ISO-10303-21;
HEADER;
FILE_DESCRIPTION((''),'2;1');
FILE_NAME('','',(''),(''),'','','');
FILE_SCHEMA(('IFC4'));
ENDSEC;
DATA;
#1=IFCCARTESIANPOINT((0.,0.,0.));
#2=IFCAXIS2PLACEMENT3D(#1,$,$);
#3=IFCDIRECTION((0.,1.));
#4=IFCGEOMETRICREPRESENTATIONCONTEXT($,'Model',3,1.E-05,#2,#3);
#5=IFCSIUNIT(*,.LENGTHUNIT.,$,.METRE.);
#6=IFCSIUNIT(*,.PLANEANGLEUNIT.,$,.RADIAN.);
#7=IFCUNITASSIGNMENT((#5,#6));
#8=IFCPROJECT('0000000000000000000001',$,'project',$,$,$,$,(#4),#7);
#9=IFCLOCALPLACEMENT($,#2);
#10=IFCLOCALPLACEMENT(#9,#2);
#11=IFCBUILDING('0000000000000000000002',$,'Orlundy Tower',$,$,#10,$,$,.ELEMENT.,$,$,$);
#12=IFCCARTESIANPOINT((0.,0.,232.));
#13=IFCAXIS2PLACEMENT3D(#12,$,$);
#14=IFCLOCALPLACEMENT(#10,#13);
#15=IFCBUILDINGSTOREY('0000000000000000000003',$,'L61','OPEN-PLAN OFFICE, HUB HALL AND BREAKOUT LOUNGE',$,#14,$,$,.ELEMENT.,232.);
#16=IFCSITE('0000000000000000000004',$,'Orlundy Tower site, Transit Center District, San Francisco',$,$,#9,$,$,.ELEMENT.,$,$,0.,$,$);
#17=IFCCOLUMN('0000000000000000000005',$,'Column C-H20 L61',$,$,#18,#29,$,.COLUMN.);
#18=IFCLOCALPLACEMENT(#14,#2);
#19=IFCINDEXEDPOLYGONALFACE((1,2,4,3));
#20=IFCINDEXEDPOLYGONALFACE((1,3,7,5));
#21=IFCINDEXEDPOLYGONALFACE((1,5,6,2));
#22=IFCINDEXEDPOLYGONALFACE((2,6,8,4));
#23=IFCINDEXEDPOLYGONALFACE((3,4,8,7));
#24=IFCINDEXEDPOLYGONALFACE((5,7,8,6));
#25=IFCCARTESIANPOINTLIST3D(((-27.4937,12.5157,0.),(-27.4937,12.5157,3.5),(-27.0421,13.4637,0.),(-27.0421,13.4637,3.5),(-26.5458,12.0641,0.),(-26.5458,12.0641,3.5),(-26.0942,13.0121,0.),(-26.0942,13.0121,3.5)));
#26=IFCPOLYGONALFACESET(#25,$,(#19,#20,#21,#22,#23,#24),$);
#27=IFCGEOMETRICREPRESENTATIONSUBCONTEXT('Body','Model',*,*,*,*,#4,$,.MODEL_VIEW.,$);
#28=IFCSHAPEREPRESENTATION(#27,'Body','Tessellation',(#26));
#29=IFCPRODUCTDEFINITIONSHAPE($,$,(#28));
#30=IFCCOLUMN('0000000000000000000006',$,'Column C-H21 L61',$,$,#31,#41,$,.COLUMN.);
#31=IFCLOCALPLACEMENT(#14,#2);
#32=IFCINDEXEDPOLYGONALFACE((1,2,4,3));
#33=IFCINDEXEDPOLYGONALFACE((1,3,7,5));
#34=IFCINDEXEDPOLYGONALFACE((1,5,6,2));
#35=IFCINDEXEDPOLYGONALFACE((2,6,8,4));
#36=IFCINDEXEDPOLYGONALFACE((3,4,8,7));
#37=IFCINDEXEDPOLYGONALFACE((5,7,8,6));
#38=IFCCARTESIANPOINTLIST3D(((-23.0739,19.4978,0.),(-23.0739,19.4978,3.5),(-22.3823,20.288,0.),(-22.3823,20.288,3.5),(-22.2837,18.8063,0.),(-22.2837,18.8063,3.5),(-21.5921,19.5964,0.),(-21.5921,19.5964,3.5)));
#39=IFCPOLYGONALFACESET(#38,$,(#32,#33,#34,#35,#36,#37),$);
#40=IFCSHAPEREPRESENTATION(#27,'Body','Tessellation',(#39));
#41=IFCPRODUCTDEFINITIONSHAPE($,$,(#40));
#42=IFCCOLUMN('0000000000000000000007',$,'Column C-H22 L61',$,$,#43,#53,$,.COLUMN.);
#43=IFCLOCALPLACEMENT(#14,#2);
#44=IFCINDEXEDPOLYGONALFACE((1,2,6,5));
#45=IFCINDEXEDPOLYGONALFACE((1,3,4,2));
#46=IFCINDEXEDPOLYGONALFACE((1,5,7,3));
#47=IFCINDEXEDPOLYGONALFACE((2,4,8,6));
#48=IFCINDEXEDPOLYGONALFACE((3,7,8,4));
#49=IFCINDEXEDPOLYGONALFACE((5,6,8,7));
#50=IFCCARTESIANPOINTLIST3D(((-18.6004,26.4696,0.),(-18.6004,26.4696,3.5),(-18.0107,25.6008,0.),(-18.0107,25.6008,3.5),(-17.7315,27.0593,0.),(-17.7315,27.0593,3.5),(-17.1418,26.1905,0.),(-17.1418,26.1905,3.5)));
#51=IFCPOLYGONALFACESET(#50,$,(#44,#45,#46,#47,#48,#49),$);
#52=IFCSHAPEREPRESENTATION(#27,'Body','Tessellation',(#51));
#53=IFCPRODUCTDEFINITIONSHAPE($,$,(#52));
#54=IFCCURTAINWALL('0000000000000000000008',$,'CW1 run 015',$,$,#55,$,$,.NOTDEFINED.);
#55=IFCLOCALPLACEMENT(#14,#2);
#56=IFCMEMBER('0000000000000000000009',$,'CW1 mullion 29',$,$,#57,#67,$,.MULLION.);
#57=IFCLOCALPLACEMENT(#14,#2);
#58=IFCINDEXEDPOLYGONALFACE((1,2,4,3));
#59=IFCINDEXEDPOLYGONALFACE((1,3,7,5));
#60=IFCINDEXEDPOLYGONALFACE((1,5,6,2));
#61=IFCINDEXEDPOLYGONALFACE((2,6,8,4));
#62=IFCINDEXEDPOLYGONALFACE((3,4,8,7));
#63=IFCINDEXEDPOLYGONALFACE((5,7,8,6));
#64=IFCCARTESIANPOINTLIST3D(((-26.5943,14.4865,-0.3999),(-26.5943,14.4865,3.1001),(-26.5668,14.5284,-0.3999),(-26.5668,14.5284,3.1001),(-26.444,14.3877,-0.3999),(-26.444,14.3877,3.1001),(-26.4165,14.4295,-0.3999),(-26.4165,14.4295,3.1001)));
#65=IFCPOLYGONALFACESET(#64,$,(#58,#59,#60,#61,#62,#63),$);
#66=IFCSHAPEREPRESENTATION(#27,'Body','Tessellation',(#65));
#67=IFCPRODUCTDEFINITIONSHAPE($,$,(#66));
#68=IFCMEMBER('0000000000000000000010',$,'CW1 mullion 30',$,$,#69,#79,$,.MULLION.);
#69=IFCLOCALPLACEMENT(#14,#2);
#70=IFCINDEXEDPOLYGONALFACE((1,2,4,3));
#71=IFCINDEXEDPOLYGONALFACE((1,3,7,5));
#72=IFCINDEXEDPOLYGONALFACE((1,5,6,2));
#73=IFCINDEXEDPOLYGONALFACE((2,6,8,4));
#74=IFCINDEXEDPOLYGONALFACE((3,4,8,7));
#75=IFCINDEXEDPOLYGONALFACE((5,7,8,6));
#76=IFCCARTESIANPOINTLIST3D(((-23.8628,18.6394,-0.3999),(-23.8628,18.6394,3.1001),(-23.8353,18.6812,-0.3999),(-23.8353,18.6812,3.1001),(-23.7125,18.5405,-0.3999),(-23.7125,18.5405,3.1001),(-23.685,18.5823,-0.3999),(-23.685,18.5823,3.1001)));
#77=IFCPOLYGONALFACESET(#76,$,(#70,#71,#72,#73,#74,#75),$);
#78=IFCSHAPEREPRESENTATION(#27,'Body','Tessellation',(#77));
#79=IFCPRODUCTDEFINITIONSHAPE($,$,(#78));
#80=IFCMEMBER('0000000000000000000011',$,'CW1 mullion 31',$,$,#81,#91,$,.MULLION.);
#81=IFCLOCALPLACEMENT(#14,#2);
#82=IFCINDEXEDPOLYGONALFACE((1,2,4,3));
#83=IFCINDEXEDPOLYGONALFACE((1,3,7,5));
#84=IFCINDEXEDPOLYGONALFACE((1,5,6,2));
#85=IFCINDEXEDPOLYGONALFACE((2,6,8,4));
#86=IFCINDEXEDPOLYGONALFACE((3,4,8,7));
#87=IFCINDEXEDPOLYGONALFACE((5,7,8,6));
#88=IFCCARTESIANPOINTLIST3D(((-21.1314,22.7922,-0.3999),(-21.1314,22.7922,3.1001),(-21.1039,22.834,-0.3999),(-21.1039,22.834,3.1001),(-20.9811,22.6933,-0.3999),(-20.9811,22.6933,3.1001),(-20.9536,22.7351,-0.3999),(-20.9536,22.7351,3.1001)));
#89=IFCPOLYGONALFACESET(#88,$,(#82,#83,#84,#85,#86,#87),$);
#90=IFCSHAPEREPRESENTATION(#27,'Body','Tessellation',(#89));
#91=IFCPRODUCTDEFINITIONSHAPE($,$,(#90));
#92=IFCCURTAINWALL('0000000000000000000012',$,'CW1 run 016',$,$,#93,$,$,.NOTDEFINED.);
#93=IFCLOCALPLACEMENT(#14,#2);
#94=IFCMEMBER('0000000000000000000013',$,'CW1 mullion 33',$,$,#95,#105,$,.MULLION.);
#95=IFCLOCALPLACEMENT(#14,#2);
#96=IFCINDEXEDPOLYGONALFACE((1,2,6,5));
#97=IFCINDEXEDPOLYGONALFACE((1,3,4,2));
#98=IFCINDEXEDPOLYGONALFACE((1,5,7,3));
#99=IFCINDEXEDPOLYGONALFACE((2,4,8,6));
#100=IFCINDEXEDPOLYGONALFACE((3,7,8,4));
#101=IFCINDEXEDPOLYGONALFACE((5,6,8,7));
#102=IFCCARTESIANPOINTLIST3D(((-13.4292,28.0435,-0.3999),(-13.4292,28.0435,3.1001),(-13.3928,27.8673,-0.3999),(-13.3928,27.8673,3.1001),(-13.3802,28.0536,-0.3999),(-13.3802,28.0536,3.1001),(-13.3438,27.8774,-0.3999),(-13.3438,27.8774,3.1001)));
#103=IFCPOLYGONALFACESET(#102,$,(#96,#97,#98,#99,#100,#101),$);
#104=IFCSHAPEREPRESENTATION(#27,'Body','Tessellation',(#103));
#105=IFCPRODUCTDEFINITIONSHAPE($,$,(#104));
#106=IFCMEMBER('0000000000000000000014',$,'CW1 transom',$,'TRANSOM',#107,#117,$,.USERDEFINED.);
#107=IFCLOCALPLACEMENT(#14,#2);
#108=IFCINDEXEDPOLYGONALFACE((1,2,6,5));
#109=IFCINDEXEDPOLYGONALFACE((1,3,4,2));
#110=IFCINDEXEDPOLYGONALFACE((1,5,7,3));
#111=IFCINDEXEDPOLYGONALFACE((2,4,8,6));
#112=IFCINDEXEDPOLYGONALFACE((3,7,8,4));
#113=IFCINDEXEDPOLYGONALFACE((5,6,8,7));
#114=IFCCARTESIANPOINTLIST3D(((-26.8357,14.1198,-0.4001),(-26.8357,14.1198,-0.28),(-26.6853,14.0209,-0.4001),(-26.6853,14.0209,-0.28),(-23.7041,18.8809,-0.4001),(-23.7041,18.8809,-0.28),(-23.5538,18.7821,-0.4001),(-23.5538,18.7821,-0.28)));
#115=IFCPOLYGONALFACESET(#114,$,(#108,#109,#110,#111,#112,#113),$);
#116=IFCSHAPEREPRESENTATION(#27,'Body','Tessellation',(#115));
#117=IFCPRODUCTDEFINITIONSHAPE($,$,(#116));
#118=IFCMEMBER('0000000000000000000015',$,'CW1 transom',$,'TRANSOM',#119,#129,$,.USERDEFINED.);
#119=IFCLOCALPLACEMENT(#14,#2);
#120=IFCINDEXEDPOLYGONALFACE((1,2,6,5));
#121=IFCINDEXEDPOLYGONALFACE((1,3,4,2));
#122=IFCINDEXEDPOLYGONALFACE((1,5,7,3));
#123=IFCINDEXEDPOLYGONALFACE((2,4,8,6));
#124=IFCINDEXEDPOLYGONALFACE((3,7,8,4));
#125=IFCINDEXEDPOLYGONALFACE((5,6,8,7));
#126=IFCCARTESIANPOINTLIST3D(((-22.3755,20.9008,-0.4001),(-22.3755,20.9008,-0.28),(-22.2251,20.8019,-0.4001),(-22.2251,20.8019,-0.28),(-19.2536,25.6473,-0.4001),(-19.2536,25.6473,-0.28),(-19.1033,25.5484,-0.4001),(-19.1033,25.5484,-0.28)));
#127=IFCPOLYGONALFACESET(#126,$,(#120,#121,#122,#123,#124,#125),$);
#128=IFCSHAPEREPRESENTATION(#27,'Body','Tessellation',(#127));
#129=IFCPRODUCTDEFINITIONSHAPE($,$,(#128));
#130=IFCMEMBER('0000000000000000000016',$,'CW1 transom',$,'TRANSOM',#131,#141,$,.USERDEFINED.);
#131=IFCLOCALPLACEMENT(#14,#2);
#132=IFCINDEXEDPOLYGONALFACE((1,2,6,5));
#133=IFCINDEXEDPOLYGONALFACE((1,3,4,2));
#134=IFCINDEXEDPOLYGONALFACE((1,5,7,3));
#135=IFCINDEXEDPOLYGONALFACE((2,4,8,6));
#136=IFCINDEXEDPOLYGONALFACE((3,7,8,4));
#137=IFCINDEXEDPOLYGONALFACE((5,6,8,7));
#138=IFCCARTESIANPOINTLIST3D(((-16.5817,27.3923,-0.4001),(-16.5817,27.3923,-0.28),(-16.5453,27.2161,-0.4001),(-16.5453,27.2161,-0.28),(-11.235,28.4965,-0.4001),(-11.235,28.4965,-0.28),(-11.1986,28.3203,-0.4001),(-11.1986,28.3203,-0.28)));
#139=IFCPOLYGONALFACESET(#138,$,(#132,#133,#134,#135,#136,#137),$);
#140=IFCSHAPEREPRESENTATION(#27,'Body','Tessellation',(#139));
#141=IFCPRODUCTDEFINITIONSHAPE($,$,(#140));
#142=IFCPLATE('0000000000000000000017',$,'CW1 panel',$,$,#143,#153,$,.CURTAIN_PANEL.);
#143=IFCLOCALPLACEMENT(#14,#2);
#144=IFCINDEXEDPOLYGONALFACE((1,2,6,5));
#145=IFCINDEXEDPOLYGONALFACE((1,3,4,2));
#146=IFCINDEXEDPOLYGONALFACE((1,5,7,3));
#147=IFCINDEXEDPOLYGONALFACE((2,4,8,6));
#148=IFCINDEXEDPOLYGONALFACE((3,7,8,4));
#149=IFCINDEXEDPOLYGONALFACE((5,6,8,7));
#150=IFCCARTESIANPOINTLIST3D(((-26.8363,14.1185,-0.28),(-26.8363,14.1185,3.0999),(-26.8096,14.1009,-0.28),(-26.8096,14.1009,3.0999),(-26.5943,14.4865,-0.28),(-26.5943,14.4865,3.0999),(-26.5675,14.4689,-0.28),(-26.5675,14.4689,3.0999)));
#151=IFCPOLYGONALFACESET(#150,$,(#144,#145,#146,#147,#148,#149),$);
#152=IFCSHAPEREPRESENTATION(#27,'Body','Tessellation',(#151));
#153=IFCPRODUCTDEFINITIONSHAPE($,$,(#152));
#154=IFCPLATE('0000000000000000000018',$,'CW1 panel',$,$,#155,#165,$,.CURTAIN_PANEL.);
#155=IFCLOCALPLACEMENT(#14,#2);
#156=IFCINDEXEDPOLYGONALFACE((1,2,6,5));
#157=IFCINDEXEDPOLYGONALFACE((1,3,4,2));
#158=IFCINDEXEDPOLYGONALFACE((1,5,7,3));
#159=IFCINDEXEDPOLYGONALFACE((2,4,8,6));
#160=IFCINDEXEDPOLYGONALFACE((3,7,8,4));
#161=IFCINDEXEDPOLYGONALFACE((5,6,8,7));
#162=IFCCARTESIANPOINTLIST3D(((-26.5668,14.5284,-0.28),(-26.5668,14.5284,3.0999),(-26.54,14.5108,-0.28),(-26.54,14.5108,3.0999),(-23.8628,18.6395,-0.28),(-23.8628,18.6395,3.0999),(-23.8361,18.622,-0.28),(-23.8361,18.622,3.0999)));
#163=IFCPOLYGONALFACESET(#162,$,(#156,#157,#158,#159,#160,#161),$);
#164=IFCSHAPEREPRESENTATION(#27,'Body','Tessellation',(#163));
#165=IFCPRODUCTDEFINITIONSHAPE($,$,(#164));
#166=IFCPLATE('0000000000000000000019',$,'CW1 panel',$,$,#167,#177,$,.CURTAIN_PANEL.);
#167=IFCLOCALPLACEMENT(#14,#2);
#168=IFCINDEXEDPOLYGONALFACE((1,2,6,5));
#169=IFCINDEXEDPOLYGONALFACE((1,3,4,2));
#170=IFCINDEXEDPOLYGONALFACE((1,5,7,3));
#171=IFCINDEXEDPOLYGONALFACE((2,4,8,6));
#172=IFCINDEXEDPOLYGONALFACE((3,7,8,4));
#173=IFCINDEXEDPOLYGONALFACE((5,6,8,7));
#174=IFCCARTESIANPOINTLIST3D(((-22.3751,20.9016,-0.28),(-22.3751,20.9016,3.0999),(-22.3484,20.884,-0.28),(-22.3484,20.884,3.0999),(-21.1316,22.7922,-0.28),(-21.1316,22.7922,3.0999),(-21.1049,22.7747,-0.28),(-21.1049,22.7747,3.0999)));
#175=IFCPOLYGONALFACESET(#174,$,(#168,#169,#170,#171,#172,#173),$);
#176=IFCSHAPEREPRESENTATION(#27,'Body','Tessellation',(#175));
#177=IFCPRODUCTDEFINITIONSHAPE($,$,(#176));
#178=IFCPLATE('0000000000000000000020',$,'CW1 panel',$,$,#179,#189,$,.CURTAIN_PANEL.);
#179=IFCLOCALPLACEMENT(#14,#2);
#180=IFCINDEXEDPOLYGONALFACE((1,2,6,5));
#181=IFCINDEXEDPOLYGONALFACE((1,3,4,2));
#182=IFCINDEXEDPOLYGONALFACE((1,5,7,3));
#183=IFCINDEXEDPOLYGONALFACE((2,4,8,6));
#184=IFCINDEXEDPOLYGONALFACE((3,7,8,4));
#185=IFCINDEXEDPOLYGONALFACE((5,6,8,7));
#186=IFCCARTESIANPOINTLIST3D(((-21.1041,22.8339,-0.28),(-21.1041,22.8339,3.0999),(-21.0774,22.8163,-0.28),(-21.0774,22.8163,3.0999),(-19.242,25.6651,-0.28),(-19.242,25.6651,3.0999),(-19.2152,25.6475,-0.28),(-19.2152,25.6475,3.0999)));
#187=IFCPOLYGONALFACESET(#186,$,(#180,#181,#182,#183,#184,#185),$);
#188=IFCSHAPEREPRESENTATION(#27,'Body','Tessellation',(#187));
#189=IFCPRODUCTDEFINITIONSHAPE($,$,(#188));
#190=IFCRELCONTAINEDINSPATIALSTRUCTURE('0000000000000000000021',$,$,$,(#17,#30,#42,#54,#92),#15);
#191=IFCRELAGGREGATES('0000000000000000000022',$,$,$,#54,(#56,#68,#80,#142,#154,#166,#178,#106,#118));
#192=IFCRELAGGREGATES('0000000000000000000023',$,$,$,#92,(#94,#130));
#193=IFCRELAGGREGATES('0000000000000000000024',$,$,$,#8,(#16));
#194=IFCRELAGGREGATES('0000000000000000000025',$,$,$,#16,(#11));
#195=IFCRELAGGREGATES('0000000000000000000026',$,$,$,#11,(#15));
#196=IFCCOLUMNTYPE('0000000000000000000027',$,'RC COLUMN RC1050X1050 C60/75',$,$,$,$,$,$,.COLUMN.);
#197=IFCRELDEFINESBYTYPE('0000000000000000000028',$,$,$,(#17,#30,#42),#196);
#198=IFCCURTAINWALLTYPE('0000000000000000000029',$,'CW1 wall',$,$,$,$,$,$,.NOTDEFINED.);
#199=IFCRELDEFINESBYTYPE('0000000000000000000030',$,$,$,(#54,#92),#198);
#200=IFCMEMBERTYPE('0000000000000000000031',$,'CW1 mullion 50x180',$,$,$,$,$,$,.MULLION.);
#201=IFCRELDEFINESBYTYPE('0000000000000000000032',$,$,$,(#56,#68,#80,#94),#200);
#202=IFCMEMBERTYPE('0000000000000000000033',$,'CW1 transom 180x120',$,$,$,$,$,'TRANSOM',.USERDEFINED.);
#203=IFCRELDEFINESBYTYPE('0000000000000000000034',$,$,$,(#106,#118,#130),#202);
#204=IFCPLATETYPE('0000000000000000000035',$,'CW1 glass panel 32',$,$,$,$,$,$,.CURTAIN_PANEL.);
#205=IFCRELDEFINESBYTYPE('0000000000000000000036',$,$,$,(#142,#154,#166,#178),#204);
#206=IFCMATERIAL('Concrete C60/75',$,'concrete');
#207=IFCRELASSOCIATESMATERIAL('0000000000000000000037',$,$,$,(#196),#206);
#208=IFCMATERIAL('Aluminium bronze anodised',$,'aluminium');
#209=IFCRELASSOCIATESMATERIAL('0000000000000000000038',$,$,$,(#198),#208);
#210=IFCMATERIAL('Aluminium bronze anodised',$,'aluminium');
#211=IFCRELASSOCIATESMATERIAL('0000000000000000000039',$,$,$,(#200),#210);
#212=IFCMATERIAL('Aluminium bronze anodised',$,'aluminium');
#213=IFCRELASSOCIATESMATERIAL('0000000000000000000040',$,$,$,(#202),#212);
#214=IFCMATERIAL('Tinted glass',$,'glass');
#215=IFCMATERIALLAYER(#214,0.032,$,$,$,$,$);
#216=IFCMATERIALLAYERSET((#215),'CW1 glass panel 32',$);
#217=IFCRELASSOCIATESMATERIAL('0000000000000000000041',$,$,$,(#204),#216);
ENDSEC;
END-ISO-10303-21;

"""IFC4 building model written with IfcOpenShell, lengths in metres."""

from ifc_helpers import new_model, si_unit, direction, frame, origin, origin_2d, place, context, subcontext, project, spatial, rectangle, extrude, material, layer, layer_set, material_profile, profile_set, type_object, element, aggregate, save


model = new_model("IFC4")

# Units and contexts
model_context = context("Model", 3, precision=1e-05, world=origin(), true_north=direction((0.0, 1.0)))
body_context = subcontext(model_context, "Body", "Model", "MODEL_VIEW")
ifc_project = project(units=[si_unit("LENGTHUNIT", "METRE"), si_unit("PLANEANGLEUNIT", "RADIAN")], contexts=[model_context])

# Site, building, storey
site_placement = place(None, origin())
site = spatial("IfcSite", under=ifc_project, at=site_placement, Name="Orlundy Tower site, Transit Center District, San Francisco", CompositionType="ELEMENT", RefElevation=0.0)
building_placement = place(site_placement, origin())
building = spatial("IfcBuilding", under=site, at=building_placement, Name="Orlundy Tower", CompositionType="ELEMENT")
storey_placement = place(building_placement, frame((0.0, 0.0, 232.0)))
storey = spatial("IfcBuildingStorey", under=building, at=storey_placement, Name="L61", Description="OPEN-PLAN OFFICE, HUB HALL AND BREAKOUT LOUNGE", CompositionType="ELEMENT", Elevation=232.0)

# Columns
ifc_material_1 = material(Name="Concrete C60/75", Category="concrete")
ifc_material_profile_1 = material_profile(ifc_material_1, rectangle(XDim=1.05, YDim=1.05, at=origin_2d()), Name="RC1050X1050")
ifc_profile_set_1 = profile_set([ifc_material_profile_1], Name="Concrete C60/75")
column_type = type_object("IfcColumnType", Name="RC COLUMN RC1050X1050 C60/75", PredefinedType="COLUMN", material=ifc_profile_set_1)
for number, where, z_axis, x_axis, name in (
    (1, (-26.7939, 12.7639, 0.0), (0.0, 0.0, 1.0), (-0.902796, 0.43007, 0.0), "Column C-H20 L61"),
    (2, (-22.333, 19.5471, 0.0), (0.0, 0.0, 1.0), (-0.752484, 0.658611, 0.0), "Column C-H21 L61"),
    (3, (-17.8711, 26.3301, 0.0), (0.0, 0.0, 1.0), (-0.561592, 0.827414, 0.0), "Column C-H22 L61"),
):
    element("IfcColumn", number, at=place(storey_placement, frame(where, z_axis=z_axis, x_axis=x_axis)), inside=storey, type_object=column_type, Name=name, PredefinedType="COLUMN", context=body_context, shape_type="SweptSolid", body=[
        extrude(rectangle(XDim=1.05, YDim=1.05, at=origin_2d()), origin(), (0.0, 0.0, 1.0), 3.5),
    ])

# Curtain wall, members
ifc_material_2 = material(Name="Aluminium bronze anodised", Category="aluminium")
curtain_wall_type = type_object("IfcCurtainWallType", Name="CW1 wall", PredefinedType="NOTDEFINED", material=ifc_material_2)
curtain_wall_1_placement = place(storey_placement, origin())
curtain_wall_1 = element("IfcCurtainWall", 4, at=curtain_wall_1_placement, inside=storey, type_object=curtain_wall_type, Name="CW1 run 015", PredefinedType="NOTDEFINED")
ifc_material_3 = material(Name="Aluminium bronze anodised", Category="aluminium")
ifc_material_profile_2 = material_profile(ifc_material_3, rectangle(XDim=0.1799, YDim=0.05, at=origin_2d()), Name="CW1 mullion 50x180")
ifc_profile_set_2 = profile_set([ifc_material_profile_2], Name="Aluminium bronze anodised")
member_type_1 = type_object("IfcMemberType", Name="CW1 mullion 50x180", PredefinedType="MULLION", material=ifc_profile_set_2)
member_1_placement = place(storey_placement, frame((-26.5054, 14.458, -0.3999), z_axis=(0.0, 0.0, 1.0), x_axis=(-0.835482, 0.549517, 0.0)))
member_1 = element("IfcMember", 5, at=member_1_placement, type_object=member_type_1, Name="CW1 mullion 29", PredefinedType="MULLION", context=body_context, shape_type="SweptSolid", body=[
    extrude(rectangle(XDim=0.1799, YDim=0.05, at=origin_2d()), origin(), (0.0, 0.0, 1.0), 3.5),
])
member_2_placement = place(storey_placement, frame((-23.7739, 18.6108, -0.3999), z_axis=(0.0, 0.0, 1.0), x_axis=(-0.835482, 0.549517, 0.0)))
member_2 = element("IfcMember", 6, at=member_2_placement, type_object=member_type_1, Name="CW1 mullion 30", PredefinedType="MULLION", context=body_context, shape_type="SweptSolid", body=[
    extrude(rectangle(XDim=0.1799, YDim=0.05, at=origin_2d()), origin(), (0.0, 0.0, 1.0), 3.5),
])
member_3_placement = place(storey_placement, frame((-21.0425, 22.7637, -0.3999), z_axis=(0.0, 0.0, 1.0), x_axis=(-0.835482, 0.549517, 0.0)))
member_3 = element("IfcMember", 7, at=member_3_placement, type_object=member_type_1, Name="CW1 mullion 31", PredefinedType="MULLION", context=body_context, shape_type="SweptSolid", body=[
    extrude(rectangle(XDim=0.1799, YDim=0.05, at=origin_2d()), origin(), (0.0, 0.0, 1.0), 3.5),
])

# Curtain wall, member
curtain_wall_2_placement = place(storey_placement, origin())
curtain_wall_2 = element("IfcCurtainWall", 8, at=curtain_wall_2_placement, inside=storey, type_object=curtain_wall_type, Name="CW1 run 016", PredefinedType="NOTDEFINED")
member_4_placement = place(storey_placement, frame((-13.3865, 27.9604, -0.3999), z_axis=(0.0, 0.0, 1.0), x_axis=(-0.202233, 0.979337, 0.0)))
member_4 = element("IfcMember", 9, at=member_4_placement, type_object=member_type_1, Name="CW1 mullion 33", PredefinedType="MULLION", context=body_context, shape_type="SweptSolid", body=[
    extrude(rectangle(XDim=0.1799, YDim=0.05, at=origin_2d()), origin(), (0.0, 0.0, 1.0), 3.5),
])

# Members
ifc_material_4 = material(Name="Aluminium bronze anodised", Category="aluminium")
ifc_material_profile_3 = material_profile(ifc_material_4, rectangle(XDim=0.1799, YDim=0.1201, at=origin_2d()), Name="CW1 transom 180x120")
ifc_profile_set_3 = profile_set([ifc_material_profile_3], Name="Aluminium bronze anodised")
member_type_2 = type_object("IfcMemberType", Name="CW1 transom 180x120", ElementType="TRANSOM", PredefinedType="USERDEFINED", material=ifc_profile_set_3)
member_5_placement = place(storey_placement, frame((-26.7605, 14.0703, -0.3401), z_axis=(0.549519, 0.835481, 0.0), x_axis=(-0.835481, 0.549519, 0.0)))
member_5 = element("IfcMember", 10, at=member_5_placement, type_object=member_type_2, Name="CW1 transom", ObjectType="TRANSOM", PredefinedType="USERDEFINED", context=body_context, shape_type="SweptSolid", body=[
    extrude(rectangle(XDim=0.1799, YDim=0.1201, at=origin_2d()), origin(), (0.0, 0.0, 1.0), 5.6987),
])
member_6_placement = place(storey_placement, frame((-22.3003, 20.8513, -0.3401), z_axis=(0.549503, 0.835492, 0.0), x_axis=(-0.835492, 0.549503, 0.0)))
member_6 = element("IfcMember", 11, at=member_6_placement, type_object=member_type_2, Name="CW1 transom", ObjectType="TRANSOM", PredefinedType="USERDEFINED", context=body_context, shape_type="SweptSolid", body=[
    extrude(rectangle(XDim=0.1799, YDim=0.1201, at=origin_2d()), origin(), (0.0, 0.0, 1.0), 5.6812),
])
member_7_placement = place(storey_placement, frame((-16.5635, 27.3042, -0.3401), z_axis=(0.979332, 0.202261, 0.0), x_axis=(-0.202261, 0.979332, 0.0)))
member_7 = element("IfcMember", 12, at=member_7_placement, type_object=member_type_2, Name="CW1 transom", ObjectType="TRANSOM", PredefinedType="USERDEFINED", context=body_context, shape_type="SweptSolid", body=[
    extrude(rectangle(XDim=0.1799, YDim=0.1201, at=origin_2d()), origin(), (0.0, 0.0, 1.0), 5.4595),
])

# Plates
ifc_material_5 = material(Name="Tinted glass", Category="glass")
ifc_layer_1 = layer(ifc_material_5, 0.032)
ifc_layer_set_1 = layer_set([ifc_layer_1], Name="CW1 glass panel 32")
plate_type = type_object("IfcPlateType", Name="CW1 glass panel 32", PredefinedType="CURTAIN_PANEL", material=ifc_layer_set_1)
plate_1_placement = place(storey_placement, frame((-26.7019, 14.2937, -0.28), z_axis=(0.0, 0.0, 1.0), x_axis=(0.549517, 0.835482, 0.0)))
plate_1 = element("IfcPlate", 13, at=plate_1_placement, type_object=plate_type, Name="CW1 panel", PredefinedType="CURTAIN_PANEL", context=body_context, shape_type="SweptSolid", body=[
    extrude(rectangle(XDim=0.4404, YDim=0.032, at=origin_2d()), origin(), (0.0, 0.0, 1.0), 3.3799),
])
plate_2_placement = place(storey_placement, frame((-25.2014, 16.5752, -0.28), z_axis=(0.0, 0.0, 1.0), x_axis=(0.549517, 0.835482, 0.0)))
plate_2 = element("IfcPlate", 14, at=plate_2_placement, type_object=plate_type, Name="CW1 panel", PredefinedType="CURTAIN_PANEL", context=body_context, shape_type="SweptSolid", body=[
    extrude(rectangle(XDim=4.9207, YDim=0.032, at=origin_2d()), origin(), (0.0, 0.0, 1.0), 3.3799),
])
plate_3_placement = place(storey_placement, frame((-21.74, 21.8381, -0.28), z_axis=(0.0, 0.0, 1.0), x_axis=(0.549517, 0.835482, 0.0)))
plate_3 = element("IfcPlate", 15, at=plate_3_placement, type_object=plate_type, Name="CW1 panel", PredefinedType="CURTAIN_PANEL", context=body_context, shape_type="SweptSolid", body=[
    extrude(rectangle(XDim=2.2629, YDim=0.032, at=origin_2d()), origin(), (0.0, 0.0, 1.0), 3.3799),
])
plate_4_placement = place(storey_placement, frame((-20.1597, 24.2407, -0.28), z_axis=(0.0, 0.0, 1.0), x_axis=(0.549517, 0.835482, 0.0)))
plate_4 = element("IfcPlate", 16, at=plate_4_placement, type_object=plate_type, Name="CW1 panel", PredefinedType="CURTAIN_PANEL", context=body_context, shape_type="SweptSolid", body=[
    extrude(rectangle(XDim=3.3887, YDim=0.032, at=origin_2d()), origin(), (0.0, 0.0, 1.0), 3.3799),
])
aggregate(curtain_wall_1, [member_1, member_2, member_3, plate_1, plate_2, plate_3, plate_4, member_5, member_6])
aggregate(curtain_wall_2, [member_4, member_7])

save(model, "model.ifc")
